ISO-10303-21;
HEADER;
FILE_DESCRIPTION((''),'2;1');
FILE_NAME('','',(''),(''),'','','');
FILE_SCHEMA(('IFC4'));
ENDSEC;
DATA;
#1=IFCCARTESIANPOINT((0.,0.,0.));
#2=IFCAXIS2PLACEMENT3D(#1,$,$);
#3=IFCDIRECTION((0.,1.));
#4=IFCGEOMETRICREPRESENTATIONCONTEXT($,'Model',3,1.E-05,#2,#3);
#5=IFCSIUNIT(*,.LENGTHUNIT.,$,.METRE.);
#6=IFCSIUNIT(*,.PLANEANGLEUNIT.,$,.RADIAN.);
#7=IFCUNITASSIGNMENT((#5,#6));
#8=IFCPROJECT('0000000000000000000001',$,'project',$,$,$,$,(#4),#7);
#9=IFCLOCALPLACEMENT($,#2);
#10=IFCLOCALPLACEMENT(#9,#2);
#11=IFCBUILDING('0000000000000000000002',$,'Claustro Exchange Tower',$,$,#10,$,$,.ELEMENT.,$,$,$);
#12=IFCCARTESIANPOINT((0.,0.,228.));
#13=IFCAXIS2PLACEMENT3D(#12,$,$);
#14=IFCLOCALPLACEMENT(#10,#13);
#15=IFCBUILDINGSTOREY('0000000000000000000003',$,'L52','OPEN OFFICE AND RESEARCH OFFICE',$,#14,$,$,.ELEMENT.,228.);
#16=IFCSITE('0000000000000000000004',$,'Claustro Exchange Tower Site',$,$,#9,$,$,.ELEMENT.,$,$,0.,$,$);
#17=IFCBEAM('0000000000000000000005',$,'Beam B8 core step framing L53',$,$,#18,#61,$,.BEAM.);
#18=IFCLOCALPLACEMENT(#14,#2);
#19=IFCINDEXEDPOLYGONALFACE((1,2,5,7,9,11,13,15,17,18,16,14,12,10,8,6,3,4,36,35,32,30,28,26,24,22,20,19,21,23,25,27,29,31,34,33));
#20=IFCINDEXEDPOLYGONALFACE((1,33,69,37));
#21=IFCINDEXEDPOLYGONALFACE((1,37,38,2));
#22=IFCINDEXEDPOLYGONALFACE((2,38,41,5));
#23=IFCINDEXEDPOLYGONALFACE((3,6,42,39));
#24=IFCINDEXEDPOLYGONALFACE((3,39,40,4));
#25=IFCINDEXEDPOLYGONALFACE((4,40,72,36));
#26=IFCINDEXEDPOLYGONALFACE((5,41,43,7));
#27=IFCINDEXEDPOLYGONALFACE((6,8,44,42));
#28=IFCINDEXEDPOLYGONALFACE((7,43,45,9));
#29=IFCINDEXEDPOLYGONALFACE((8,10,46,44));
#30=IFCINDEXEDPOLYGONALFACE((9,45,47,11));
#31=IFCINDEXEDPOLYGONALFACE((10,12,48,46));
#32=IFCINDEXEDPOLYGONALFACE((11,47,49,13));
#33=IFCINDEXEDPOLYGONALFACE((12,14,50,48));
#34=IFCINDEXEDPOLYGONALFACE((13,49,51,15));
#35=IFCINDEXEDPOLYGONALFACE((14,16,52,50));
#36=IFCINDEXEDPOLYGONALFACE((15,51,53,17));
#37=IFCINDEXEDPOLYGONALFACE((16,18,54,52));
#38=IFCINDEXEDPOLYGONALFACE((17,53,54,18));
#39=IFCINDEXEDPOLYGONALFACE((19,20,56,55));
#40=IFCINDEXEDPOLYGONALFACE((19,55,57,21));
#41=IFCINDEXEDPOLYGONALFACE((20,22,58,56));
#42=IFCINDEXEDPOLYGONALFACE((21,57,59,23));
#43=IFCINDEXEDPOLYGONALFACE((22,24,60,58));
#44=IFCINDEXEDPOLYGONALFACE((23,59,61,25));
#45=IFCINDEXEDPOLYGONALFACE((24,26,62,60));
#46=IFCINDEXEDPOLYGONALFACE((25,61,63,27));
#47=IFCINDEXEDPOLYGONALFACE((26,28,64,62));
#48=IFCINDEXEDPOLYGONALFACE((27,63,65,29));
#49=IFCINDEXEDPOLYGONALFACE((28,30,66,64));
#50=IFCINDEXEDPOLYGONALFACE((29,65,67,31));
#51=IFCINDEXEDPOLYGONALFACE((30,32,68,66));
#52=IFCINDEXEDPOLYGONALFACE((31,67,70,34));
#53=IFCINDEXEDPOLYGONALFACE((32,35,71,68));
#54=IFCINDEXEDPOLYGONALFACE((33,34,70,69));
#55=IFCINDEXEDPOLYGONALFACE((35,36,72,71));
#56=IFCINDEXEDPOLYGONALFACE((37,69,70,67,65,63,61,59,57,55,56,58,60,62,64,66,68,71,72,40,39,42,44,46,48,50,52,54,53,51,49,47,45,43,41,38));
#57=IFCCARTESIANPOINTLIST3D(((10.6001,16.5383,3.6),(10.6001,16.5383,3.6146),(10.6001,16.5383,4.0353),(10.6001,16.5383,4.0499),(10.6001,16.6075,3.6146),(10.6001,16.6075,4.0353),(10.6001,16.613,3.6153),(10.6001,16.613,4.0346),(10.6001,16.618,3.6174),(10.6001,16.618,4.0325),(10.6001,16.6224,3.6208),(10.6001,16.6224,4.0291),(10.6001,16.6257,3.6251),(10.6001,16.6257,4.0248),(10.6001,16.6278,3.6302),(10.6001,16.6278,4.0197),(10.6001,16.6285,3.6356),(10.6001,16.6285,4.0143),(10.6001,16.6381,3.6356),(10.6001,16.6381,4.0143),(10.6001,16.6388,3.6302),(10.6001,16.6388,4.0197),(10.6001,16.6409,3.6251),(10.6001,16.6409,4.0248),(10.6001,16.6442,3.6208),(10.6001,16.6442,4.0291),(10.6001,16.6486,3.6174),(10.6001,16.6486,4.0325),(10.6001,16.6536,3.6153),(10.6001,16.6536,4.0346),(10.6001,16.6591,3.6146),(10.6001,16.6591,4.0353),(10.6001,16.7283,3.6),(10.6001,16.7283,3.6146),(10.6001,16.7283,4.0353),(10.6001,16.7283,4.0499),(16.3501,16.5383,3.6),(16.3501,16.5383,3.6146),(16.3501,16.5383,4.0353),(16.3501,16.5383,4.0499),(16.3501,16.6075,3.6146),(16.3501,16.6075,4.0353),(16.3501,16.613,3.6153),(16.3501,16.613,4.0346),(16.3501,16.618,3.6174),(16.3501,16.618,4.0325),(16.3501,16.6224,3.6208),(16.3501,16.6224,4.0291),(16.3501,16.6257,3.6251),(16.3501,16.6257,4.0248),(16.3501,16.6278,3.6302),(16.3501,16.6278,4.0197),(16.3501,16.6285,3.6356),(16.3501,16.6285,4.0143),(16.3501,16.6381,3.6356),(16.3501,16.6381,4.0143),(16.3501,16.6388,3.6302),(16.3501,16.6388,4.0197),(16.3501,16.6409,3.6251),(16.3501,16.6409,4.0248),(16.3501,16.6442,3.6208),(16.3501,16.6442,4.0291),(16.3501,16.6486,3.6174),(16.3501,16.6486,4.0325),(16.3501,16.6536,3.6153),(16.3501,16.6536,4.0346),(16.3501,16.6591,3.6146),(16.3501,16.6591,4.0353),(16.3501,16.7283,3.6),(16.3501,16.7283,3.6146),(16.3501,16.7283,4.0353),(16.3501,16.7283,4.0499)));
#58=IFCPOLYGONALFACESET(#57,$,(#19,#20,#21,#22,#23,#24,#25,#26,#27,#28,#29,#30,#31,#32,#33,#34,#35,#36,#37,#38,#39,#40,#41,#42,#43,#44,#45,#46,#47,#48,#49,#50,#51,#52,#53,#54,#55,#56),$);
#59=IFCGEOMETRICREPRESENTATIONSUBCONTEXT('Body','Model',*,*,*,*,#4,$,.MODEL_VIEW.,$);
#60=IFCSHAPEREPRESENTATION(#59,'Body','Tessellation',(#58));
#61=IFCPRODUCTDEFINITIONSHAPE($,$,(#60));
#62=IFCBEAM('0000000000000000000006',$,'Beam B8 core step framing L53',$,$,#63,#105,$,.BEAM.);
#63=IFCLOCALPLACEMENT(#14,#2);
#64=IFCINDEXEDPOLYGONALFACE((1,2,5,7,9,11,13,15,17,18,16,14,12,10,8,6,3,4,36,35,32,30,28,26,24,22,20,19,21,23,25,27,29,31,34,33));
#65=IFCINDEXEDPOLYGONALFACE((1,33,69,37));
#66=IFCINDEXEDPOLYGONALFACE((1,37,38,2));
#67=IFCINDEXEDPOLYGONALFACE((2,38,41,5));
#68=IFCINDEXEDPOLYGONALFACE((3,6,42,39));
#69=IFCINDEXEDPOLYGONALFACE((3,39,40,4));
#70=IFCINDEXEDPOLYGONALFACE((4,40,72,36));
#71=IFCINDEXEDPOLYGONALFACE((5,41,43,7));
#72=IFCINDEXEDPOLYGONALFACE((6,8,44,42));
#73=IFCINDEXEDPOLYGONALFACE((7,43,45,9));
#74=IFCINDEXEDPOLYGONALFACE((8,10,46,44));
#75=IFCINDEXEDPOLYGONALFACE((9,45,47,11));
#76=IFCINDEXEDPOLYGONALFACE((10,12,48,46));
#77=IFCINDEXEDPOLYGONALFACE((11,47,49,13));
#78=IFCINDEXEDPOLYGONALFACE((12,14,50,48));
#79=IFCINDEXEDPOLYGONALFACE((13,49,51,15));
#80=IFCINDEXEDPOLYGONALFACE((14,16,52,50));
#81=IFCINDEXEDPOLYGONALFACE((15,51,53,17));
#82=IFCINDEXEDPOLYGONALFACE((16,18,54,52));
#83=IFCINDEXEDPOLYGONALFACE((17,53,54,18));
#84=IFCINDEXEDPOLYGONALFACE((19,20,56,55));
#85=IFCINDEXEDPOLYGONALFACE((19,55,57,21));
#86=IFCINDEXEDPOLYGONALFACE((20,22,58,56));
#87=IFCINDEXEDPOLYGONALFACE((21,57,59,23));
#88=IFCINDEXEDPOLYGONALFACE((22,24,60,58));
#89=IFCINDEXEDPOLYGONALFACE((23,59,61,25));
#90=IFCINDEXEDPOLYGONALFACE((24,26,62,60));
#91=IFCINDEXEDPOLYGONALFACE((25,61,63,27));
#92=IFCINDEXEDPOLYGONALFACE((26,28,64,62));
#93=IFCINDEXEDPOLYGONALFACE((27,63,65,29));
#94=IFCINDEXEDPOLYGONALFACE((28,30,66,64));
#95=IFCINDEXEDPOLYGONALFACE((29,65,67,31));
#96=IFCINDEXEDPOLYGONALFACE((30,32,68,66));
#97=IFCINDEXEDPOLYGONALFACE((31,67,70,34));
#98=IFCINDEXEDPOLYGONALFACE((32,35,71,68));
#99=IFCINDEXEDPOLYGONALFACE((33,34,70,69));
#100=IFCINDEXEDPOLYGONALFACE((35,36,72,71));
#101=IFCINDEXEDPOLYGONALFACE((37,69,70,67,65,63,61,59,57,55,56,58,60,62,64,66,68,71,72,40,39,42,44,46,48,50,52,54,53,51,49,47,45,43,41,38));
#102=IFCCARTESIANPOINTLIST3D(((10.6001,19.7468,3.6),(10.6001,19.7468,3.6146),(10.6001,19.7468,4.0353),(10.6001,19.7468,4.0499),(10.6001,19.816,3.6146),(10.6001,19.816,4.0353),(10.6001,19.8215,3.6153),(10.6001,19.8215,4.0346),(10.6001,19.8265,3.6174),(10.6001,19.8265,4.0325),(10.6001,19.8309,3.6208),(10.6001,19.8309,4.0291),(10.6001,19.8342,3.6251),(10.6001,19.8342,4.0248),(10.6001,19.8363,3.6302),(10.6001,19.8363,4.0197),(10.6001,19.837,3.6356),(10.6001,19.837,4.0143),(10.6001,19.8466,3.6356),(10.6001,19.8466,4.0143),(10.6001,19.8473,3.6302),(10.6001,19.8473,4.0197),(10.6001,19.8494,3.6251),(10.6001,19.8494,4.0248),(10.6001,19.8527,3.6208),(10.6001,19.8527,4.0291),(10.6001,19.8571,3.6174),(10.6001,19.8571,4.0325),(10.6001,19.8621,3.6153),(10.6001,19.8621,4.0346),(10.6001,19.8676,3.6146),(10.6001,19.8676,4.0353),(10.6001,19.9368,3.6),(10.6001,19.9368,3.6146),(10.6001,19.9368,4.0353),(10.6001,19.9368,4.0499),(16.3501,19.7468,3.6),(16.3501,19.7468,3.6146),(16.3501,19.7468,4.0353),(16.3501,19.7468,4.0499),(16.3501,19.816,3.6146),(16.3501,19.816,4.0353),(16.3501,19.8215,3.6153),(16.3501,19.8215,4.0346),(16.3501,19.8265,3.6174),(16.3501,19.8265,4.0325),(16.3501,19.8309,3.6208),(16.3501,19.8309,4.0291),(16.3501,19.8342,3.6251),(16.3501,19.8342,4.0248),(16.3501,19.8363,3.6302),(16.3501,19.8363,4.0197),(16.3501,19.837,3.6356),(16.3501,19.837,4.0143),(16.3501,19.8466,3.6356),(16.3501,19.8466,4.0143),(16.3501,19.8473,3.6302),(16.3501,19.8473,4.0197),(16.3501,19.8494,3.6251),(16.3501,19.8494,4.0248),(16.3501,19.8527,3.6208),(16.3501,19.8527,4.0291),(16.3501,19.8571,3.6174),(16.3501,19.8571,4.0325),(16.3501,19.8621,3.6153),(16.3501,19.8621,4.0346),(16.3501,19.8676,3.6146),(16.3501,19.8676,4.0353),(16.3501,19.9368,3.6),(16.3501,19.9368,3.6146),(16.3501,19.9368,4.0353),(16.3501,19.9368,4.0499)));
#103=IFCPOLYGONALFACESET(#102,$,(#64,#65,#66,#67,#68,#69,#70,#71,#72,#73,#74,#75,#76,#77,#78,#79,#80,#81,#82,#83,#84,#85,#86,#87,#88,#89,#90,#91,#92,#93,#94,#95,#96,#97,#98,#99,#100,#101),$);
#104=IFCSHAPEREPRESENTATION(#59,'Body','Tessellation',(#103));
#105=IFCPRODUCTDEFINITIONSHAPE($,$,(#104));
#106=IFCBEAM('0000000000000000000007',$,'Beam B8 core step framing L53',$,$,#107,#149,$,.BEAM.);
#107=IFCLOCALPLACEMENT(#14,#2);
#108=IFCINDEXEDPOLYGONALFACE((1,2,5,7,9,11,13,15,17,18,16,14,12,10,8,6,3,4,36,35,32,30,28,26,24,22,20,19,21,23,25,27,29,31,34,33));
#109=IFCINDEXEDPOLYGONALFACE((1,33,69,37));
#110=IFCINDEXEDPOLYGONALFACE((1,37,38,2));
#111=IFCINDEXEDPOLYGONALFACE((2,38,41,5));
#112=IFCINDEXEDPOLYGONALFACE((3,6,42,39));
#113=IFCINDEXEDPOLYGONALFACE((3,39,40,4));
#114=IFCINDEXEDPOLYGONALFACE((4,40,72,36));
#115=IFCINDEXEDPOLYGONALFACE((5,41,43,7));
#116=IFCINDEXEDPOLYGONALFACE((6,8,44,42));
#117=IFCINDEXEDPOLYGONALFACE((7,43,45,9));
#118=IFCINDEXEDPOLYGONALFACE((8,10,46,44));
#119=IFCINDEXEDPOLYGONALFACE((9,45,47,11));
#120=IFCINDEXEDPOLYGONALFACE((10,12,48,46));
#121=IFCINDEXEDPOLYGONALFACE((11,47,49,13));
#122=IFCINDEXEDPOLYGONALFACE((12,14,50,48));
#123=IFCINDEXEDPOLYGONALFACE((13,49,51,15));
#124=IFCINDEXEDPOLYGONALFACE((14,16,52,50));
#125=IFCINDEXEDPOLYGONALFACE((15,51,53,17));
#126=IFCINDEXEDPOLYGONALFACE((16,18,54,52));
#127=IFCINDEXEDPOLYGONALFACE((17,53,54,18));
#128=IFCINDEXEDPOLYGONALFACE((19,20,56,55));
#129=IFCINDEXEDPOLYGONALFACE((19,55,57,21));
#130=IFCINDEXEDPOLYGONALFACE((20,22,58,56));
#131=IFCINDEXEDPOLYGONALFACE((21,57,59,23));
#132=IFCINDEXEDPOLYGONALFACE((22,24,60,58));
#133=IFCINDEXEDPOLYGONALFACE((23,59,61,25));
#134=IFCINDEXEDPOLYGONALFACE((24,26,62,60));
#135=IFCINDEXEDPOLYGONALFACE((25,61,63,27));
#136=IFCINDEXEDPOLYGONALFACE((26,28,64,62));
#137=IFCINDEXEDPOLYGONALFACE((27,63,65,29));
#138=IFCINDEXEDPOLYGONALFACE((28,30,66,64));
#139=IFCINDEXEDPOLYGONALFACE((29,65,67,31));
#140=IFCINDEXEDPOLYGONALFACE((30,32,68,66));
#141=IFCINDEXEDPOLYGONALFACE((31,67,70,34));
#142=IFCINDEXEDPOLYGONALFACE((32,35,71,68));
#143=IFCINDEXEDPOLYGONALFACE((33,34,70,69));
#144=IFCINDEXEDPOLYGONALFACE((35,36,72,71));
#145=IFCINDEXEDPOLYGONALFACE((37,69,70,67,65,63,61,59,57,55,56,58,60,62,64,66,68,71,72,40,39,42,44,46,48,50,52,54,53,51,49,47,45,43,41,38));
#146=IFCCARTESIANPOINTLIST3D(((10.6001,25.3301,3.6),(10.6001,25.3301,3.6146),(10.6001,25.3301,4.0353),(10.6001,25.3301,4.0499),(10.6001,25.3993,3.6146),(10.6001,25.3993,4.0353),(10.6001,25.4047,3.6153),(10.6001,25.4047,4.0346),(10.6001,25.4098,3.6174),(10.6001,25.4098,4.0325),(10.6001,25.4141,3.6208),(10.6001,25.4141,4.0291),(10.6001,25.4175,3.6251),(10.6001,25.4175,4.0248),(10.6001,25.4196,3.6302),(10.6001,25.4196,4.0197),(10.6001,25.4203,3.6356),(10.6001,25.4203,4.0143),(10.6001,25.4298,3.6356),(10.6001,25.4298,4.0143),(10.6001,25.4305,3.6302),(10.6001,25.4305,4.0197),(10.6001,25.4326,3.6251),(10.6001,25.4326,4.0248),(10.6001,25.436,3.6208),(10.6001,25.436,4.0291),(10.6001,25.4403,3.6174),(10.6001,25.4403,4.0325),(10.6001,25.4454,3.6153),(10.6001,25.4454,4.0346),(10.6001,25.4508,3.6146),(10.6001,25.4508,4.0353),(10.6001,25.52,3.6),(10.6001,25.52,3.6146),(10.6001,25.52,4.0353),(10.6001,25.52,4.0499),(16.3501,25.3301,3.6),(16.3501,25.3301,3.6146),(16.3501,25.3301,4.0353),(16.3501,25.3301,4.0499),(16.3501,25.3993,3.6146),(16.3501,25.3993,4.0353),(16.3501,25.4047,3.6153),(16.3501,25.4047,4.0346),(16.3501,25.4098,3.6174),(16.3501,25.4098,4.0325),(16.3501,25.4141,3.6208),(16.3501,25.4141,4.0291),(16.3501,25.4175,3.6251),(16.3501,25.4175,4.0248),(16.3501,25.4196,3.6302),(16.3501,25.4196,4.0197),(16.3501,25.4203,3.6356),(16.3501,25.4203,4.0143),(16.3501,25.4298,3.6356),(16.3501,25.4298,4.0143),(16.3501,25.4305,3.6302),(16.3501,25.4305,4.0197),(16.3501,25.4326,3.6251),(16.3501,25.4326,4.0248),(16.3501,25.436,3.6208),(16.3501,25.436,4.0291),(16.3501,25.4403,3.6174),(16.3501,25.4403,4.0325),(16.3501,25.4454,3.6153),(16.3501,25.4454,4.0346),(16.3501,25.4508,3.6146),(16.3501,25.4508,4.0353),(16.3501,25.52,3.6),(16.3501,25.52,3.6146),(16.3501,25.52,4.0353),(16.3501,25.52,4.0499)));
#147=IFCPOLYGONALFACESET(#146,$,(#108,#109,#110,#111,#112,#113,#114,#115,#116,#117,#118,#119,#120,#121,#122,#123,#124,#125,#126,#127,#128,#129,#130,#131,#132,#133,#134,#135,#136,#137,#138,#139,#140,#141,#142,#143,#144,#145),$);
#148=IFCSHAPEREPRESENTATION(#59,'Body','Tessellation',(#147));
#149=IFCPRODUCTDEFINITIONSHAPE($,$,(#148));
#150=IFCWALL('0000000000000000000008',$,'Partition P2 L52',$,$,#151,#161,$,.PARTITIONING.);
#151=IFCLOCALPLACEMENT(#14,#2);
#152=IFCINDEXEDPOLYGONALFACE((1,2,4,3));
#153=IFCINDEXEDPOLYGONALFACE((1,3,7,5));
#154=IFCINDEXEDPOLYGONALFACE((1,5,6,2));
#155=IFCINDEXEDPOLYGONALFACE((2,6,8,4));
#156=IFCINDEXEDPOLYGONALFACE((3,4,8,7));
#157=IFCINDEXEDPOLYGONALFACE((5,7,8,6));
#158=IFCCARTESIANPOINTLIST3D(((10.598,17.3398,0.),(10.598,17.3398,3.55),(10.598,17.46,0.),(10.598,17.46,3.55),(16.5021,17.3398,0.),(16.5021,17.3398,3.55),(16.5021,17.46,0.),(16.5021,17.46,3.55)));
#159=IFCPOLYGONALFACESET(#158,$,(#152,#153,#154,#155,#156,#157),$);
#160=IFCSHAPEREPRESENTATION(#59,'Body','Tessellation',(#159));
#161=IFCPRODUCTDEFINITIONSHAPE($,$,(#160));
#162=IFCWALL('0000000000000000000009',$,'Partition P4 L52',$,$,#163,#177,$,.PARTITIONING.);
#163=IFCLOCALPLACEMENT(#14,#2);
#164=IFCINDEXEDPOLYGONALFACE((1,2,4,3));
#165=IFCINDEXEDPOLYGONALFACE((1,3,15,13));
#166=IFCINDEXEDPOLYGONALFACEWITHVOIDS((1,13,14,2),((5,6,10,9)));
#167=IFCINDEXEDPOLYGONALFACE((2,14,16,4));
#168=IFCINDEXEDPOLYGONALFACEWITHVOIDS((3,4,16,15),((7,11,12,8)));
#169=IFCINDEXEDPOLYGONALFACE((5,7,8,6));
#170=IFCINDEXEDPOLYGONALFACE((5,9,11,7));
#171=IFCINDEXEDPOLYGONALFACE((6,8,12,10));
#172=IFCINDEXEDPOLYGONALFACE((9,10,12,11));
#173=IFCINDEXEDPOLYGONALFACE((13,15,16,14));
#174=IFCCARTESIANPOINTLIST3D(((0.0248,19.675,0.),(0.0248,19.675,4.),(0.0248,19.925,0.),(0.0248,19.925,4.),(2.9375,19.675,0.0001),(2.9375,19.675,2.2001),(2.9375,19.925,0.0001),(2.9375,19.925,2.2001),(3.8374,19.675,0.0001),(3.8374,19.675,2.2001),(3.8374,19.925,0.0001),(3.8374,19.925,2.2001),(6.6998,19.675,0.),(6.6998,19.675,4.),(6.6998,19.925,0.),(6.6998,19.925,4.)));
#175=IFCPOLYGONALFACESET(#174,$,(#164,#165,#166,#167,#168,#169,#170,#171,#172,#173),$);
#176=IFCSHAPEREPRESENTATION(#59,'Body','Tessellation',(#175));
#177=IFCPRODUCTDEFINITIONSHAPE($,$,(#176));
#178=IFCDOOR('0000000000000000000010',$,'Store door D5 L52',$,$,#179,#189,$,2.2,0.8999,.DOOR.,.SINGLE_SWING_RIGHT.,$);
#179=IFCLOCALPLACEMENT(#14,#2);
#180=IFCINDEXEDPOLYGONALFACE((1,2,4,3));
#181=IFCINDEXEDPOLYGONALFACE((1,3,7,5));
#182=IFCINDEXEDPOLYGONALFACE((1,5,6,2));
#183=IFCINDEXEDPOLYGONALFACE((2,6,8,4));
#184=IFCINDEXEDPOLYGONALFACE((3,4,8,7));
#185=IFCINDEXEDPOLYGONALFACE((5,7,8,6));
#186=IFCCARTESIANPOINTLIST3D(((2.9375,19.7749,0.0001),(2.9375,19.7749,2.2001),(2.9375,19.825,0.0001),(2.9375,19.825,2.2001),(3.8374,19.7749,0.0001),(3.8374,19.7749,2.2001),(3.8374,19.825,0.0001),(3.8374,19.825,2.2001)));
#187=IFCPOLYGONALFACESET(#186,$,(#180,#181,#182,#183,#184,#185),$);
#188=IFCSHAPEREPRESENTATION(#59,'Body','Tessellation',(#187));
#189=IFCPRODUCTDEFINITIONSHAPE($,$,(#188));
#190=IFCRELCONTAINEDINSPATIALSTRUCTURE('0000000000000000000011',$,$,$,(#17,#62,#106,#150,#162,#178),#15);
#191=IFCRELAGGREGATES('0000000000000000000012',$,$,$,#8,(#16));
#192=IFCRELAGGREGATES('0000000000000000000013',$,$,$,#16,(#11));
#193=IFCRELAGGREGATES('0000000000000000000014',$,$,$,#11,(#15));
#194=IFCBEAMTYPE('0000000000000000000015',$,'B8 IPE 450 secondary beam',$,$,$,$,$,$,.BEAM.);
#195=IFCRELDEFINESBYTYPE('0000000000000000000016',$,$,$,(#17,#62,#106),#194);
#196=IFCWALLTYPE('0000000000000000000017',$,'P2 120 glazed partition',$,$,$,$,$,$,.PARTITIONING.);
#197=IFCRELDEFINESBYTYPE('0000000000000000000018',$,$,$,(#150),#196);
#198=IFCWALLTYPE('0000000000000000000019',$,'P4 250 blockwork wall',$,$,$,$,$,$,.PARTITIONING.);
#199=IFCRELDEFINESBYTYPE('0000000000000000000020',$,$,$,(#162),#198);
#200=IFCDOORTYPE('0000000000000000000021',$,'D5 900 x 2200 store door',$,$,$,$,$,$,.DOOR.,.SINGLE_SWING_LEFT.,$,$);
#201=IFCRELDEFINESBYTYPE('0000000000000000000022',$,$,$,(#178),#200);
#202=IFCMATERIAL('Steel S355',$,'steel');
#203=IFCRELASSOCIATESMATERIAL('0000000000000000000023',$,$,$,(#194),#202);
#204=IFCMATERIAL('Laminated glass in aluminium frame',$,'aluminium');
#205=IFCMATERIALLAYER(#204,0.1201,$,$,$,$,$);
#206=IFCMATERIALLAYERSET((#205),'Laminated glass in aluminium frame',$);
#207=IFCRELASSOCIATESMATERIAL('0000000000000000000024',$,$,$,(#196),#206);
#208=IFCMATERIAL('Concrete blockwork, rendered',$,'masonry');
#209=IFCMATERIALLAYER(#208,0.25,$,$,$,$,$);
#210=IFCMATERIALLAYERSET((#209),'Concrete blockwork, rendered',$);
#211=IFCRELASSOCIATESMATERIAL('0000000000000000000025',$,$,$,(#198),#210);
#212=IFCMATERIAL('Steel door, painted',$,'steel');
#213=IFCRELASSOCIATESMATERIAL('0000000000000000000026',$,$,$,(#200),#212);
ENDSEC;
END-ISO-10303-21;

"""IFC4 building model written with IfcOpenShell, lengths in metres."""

from ifc_helpers import new_model, si_unit, direction, frame, frame_2d, origin, origin_2d, place, context, subcontext, project, spatial, rectangle, i_section, extrude, material, layer, layer_set, material_profile, profile_set, type_object, element, fill, save


model = new_model("IFC4")

# Units and contexts
model_context = context("Model", 3, precision=1e-05, world=origin(), true_north=direction((0.0, 1.0)))
body_context = subcontext(model_context, "Body", "Model", "MODEL_VIEW")
ifc_project = project(units=[si_unit("LENGTHUNIT", "METRE"), si_unit("PLANEANGLEUNIT", "RADIAN")], contexts=[model_context])

# Site, building, storey
site_placement = place(None, origin())
site = spatial("IfcSite", under=ifc_project, at=site_placement, Name="Claustro Exchange Tower Site", CompositionType="ELEMENT", RefElevation=0.0)
building_placement = place(site_placement, origin())
building = spatial("IfcBuilding", under=site, at=building_placement, Name="Claustro Exchange Tower", CompositionType="ELEMENT")
storey_placement = place(building_placement, frame((0.0, 0.0, 228.0)))
storey = spatial("IfcBuildingStorey", under=building, at=storey_placement, Name="L52", Description="OPEN OFFICE AND RESEARCH OFFICE", CompositionType="ELEMENT", Elevation=228.0)

# Beams
ifc_material_1 = material(Name="Steel S355", Category="steel")
ifc_material_profile_1 = material_profile(ifc_material_1, i_section(OverallWidth=0.1899, OverallDepth=0.45, WebThickness=0.0095, FlangeThickness=0.0146, FilletRadius=0.021, at=origin_2d()), Name="IPE 450")
ifc_profile_set_1 = profile_set([ifc_material_profile_1], Name="Steel S355")
beam_type_1 = type_object("IfcBeamType", Name="B8 IPE 450 secondary beam", PredefinedType="BEAM", material=ifc_profile_set_1)
for number, where, z_axis, x_axis, name in (
    (1, (10.6001, 16.6333, 3.825), (1.0, 0.0, 0.0), (0.0, 1.0, 0.0), "Beam B8 core step framing L53"),
    (2, (10.6001, 19.8418, 3.825), (1.0, 0.0, 0.0), (0.0, 1.0, 0.0), "Beam B8 core step framing L53"),
    (3, (10.6001, 25.425, 3.825), (1.0, 0.0, 0.0), (0.0, 1.0, 0.0), "Beam B8 core step framing L53"),
):
    element("IfcBeam", number, at=place(storey_placement, frame(where, z_axis=z_axis, x_axis=x_axis)), inside=storey, type_object=beam_type_1, Name=name, PredefinedType="BEAM", context=body_context, shape_type="SweptSolid", body=[
        extrude(i_section(OverallWidth=0.1899, OverallDepth=0.45, WebThickness=0.0095, FlangeThickness=0.0146, FilletRadius=0.021, at=origin_2d()), origin(), (0.0, 0.0, 1.0), 5.75),
    ])

# Wall
ifc_material_2 = material(Name="Laminated glass in aluminium frame", Category="aluminium")
ifc_layer_1 = layer(ifc_material_2, 0.1201)
ifc_layer_set_1 = layer_set([ifc_layer_1], Name="Laminated glass in aluminium frame")
wall_type_1 = type_object("IfcWallType", Name="P2 120 glazed partition", PredefinedType="PARTITIONING", material=ifc_layer_set_1)
wall_1_placement = place(storey_placement, frame((10.5979, 17.3999, 0.0), z_axis=(0.0, 0.0, 1.0), x_axis=(1.0, 0.0, 0.0)))
element("IfcWall", 4, at=wall_1_placement, inside=storey, type_object=wall_type_1, Name="Partition P2 L52", PredefinedType="PARTITIONING", context=body_context, shape_type="SweptSolid", body=[
    extrude(rectangle(XDim=5.9041, YDim=0.1201, at=frame_2d((2.9521, 0.0))), origin(), (0.0, 0.0, 1.0), 3.55),
])

# Wall, opening, door
ifc_material_3 = material(Name="Concrete blockwork, rendered", Category="masonry")
ifc_layer_2 = layer(ifc_material_3, 0.25)
ifc_layer_set_2 = layer_set([ifc_layer_2], Name="Concrete blockwork, rendered")
wall_type_2 = type_object("IfcWallType", Name="P4 250 blockwork wall", PredefinedType="PARTITIONING", material=ifc_layer_set_2)
wall_2_placement = place(storey_placement, frame((0.0249, 19.8, 0.0), z_axis=(0.0, 0.0, 1.0), x_axis=(1.0, 0.0, 0.0)))
wall_2 = element("IfcWall", 5, at=wall_2_placement, inside=storey, type_object=wall_type_2, Name="Partition P4 L52", PredefinedType="PARTITIONING", context=body_context, shape_type="SweptSolid", body=[
    extrude(rectangle(XDim=6.675, YDim=0.25, at=frame_2d((3.3374, 0.0))), origin(), (0.0, 0.0, 1.0), 4.0),
])
opening_1_placement = place(wall_2_placement, frame((2.9126, 0.0, 0.0)))
opening_1 = element("IfcOpeningElement", 6, at=opening_1_placement, cuts=wall_2, PredefinedType="OPENING", context=body_context, shape_type="SweptSolid", body=[
    extrude(rectangle(XDim=0.8999, YDim=2.2, at=frame_2d((0.45, 1.1001))), frame((0.0, 0.135, 0.0), z_axis=(0.0, -1.0, 0.0), x_axis=(1.0, 0.0, 0.0)), (0.0, 0.0, 1.0), 0.27),
])
ifc_material_4 = material(Name="Steel door, painted", Category="steel")
door_type = type_object("IfcDoorType", Name="D5 900 x 2200 store door", OperationType="SINGLE_SWING_LEFT", PredefinedType="DOOR", material=ifc_material_4)
door_placement = place(opening_1_placement, origin())
door = element("IfcDoor", 7, at=door_placement, inside=storey, type_object=door_type, Name="Store door D5 L52", OperationType="SINGLE_SWING_RIGHT", OverallHeight=2.2, OverallWidth=0.8999, PredefinedType="DOOR", context=body_context, shape_type="SweptSolid", body=[
    extrude(rectangle(XDim=0.8999, YDim=2.2, at=frame_2d((0.45, 1.1001))), frame((0.0, 0.0249, 0.0), z_axis=(0.0, -1.0, 0.0), x_axis=(1.0, 0.0, 0.0)), (0.0, 0.0, 1.0), 0.05),
])
fill(opening_1, door)

save(model, "model.ifc")
